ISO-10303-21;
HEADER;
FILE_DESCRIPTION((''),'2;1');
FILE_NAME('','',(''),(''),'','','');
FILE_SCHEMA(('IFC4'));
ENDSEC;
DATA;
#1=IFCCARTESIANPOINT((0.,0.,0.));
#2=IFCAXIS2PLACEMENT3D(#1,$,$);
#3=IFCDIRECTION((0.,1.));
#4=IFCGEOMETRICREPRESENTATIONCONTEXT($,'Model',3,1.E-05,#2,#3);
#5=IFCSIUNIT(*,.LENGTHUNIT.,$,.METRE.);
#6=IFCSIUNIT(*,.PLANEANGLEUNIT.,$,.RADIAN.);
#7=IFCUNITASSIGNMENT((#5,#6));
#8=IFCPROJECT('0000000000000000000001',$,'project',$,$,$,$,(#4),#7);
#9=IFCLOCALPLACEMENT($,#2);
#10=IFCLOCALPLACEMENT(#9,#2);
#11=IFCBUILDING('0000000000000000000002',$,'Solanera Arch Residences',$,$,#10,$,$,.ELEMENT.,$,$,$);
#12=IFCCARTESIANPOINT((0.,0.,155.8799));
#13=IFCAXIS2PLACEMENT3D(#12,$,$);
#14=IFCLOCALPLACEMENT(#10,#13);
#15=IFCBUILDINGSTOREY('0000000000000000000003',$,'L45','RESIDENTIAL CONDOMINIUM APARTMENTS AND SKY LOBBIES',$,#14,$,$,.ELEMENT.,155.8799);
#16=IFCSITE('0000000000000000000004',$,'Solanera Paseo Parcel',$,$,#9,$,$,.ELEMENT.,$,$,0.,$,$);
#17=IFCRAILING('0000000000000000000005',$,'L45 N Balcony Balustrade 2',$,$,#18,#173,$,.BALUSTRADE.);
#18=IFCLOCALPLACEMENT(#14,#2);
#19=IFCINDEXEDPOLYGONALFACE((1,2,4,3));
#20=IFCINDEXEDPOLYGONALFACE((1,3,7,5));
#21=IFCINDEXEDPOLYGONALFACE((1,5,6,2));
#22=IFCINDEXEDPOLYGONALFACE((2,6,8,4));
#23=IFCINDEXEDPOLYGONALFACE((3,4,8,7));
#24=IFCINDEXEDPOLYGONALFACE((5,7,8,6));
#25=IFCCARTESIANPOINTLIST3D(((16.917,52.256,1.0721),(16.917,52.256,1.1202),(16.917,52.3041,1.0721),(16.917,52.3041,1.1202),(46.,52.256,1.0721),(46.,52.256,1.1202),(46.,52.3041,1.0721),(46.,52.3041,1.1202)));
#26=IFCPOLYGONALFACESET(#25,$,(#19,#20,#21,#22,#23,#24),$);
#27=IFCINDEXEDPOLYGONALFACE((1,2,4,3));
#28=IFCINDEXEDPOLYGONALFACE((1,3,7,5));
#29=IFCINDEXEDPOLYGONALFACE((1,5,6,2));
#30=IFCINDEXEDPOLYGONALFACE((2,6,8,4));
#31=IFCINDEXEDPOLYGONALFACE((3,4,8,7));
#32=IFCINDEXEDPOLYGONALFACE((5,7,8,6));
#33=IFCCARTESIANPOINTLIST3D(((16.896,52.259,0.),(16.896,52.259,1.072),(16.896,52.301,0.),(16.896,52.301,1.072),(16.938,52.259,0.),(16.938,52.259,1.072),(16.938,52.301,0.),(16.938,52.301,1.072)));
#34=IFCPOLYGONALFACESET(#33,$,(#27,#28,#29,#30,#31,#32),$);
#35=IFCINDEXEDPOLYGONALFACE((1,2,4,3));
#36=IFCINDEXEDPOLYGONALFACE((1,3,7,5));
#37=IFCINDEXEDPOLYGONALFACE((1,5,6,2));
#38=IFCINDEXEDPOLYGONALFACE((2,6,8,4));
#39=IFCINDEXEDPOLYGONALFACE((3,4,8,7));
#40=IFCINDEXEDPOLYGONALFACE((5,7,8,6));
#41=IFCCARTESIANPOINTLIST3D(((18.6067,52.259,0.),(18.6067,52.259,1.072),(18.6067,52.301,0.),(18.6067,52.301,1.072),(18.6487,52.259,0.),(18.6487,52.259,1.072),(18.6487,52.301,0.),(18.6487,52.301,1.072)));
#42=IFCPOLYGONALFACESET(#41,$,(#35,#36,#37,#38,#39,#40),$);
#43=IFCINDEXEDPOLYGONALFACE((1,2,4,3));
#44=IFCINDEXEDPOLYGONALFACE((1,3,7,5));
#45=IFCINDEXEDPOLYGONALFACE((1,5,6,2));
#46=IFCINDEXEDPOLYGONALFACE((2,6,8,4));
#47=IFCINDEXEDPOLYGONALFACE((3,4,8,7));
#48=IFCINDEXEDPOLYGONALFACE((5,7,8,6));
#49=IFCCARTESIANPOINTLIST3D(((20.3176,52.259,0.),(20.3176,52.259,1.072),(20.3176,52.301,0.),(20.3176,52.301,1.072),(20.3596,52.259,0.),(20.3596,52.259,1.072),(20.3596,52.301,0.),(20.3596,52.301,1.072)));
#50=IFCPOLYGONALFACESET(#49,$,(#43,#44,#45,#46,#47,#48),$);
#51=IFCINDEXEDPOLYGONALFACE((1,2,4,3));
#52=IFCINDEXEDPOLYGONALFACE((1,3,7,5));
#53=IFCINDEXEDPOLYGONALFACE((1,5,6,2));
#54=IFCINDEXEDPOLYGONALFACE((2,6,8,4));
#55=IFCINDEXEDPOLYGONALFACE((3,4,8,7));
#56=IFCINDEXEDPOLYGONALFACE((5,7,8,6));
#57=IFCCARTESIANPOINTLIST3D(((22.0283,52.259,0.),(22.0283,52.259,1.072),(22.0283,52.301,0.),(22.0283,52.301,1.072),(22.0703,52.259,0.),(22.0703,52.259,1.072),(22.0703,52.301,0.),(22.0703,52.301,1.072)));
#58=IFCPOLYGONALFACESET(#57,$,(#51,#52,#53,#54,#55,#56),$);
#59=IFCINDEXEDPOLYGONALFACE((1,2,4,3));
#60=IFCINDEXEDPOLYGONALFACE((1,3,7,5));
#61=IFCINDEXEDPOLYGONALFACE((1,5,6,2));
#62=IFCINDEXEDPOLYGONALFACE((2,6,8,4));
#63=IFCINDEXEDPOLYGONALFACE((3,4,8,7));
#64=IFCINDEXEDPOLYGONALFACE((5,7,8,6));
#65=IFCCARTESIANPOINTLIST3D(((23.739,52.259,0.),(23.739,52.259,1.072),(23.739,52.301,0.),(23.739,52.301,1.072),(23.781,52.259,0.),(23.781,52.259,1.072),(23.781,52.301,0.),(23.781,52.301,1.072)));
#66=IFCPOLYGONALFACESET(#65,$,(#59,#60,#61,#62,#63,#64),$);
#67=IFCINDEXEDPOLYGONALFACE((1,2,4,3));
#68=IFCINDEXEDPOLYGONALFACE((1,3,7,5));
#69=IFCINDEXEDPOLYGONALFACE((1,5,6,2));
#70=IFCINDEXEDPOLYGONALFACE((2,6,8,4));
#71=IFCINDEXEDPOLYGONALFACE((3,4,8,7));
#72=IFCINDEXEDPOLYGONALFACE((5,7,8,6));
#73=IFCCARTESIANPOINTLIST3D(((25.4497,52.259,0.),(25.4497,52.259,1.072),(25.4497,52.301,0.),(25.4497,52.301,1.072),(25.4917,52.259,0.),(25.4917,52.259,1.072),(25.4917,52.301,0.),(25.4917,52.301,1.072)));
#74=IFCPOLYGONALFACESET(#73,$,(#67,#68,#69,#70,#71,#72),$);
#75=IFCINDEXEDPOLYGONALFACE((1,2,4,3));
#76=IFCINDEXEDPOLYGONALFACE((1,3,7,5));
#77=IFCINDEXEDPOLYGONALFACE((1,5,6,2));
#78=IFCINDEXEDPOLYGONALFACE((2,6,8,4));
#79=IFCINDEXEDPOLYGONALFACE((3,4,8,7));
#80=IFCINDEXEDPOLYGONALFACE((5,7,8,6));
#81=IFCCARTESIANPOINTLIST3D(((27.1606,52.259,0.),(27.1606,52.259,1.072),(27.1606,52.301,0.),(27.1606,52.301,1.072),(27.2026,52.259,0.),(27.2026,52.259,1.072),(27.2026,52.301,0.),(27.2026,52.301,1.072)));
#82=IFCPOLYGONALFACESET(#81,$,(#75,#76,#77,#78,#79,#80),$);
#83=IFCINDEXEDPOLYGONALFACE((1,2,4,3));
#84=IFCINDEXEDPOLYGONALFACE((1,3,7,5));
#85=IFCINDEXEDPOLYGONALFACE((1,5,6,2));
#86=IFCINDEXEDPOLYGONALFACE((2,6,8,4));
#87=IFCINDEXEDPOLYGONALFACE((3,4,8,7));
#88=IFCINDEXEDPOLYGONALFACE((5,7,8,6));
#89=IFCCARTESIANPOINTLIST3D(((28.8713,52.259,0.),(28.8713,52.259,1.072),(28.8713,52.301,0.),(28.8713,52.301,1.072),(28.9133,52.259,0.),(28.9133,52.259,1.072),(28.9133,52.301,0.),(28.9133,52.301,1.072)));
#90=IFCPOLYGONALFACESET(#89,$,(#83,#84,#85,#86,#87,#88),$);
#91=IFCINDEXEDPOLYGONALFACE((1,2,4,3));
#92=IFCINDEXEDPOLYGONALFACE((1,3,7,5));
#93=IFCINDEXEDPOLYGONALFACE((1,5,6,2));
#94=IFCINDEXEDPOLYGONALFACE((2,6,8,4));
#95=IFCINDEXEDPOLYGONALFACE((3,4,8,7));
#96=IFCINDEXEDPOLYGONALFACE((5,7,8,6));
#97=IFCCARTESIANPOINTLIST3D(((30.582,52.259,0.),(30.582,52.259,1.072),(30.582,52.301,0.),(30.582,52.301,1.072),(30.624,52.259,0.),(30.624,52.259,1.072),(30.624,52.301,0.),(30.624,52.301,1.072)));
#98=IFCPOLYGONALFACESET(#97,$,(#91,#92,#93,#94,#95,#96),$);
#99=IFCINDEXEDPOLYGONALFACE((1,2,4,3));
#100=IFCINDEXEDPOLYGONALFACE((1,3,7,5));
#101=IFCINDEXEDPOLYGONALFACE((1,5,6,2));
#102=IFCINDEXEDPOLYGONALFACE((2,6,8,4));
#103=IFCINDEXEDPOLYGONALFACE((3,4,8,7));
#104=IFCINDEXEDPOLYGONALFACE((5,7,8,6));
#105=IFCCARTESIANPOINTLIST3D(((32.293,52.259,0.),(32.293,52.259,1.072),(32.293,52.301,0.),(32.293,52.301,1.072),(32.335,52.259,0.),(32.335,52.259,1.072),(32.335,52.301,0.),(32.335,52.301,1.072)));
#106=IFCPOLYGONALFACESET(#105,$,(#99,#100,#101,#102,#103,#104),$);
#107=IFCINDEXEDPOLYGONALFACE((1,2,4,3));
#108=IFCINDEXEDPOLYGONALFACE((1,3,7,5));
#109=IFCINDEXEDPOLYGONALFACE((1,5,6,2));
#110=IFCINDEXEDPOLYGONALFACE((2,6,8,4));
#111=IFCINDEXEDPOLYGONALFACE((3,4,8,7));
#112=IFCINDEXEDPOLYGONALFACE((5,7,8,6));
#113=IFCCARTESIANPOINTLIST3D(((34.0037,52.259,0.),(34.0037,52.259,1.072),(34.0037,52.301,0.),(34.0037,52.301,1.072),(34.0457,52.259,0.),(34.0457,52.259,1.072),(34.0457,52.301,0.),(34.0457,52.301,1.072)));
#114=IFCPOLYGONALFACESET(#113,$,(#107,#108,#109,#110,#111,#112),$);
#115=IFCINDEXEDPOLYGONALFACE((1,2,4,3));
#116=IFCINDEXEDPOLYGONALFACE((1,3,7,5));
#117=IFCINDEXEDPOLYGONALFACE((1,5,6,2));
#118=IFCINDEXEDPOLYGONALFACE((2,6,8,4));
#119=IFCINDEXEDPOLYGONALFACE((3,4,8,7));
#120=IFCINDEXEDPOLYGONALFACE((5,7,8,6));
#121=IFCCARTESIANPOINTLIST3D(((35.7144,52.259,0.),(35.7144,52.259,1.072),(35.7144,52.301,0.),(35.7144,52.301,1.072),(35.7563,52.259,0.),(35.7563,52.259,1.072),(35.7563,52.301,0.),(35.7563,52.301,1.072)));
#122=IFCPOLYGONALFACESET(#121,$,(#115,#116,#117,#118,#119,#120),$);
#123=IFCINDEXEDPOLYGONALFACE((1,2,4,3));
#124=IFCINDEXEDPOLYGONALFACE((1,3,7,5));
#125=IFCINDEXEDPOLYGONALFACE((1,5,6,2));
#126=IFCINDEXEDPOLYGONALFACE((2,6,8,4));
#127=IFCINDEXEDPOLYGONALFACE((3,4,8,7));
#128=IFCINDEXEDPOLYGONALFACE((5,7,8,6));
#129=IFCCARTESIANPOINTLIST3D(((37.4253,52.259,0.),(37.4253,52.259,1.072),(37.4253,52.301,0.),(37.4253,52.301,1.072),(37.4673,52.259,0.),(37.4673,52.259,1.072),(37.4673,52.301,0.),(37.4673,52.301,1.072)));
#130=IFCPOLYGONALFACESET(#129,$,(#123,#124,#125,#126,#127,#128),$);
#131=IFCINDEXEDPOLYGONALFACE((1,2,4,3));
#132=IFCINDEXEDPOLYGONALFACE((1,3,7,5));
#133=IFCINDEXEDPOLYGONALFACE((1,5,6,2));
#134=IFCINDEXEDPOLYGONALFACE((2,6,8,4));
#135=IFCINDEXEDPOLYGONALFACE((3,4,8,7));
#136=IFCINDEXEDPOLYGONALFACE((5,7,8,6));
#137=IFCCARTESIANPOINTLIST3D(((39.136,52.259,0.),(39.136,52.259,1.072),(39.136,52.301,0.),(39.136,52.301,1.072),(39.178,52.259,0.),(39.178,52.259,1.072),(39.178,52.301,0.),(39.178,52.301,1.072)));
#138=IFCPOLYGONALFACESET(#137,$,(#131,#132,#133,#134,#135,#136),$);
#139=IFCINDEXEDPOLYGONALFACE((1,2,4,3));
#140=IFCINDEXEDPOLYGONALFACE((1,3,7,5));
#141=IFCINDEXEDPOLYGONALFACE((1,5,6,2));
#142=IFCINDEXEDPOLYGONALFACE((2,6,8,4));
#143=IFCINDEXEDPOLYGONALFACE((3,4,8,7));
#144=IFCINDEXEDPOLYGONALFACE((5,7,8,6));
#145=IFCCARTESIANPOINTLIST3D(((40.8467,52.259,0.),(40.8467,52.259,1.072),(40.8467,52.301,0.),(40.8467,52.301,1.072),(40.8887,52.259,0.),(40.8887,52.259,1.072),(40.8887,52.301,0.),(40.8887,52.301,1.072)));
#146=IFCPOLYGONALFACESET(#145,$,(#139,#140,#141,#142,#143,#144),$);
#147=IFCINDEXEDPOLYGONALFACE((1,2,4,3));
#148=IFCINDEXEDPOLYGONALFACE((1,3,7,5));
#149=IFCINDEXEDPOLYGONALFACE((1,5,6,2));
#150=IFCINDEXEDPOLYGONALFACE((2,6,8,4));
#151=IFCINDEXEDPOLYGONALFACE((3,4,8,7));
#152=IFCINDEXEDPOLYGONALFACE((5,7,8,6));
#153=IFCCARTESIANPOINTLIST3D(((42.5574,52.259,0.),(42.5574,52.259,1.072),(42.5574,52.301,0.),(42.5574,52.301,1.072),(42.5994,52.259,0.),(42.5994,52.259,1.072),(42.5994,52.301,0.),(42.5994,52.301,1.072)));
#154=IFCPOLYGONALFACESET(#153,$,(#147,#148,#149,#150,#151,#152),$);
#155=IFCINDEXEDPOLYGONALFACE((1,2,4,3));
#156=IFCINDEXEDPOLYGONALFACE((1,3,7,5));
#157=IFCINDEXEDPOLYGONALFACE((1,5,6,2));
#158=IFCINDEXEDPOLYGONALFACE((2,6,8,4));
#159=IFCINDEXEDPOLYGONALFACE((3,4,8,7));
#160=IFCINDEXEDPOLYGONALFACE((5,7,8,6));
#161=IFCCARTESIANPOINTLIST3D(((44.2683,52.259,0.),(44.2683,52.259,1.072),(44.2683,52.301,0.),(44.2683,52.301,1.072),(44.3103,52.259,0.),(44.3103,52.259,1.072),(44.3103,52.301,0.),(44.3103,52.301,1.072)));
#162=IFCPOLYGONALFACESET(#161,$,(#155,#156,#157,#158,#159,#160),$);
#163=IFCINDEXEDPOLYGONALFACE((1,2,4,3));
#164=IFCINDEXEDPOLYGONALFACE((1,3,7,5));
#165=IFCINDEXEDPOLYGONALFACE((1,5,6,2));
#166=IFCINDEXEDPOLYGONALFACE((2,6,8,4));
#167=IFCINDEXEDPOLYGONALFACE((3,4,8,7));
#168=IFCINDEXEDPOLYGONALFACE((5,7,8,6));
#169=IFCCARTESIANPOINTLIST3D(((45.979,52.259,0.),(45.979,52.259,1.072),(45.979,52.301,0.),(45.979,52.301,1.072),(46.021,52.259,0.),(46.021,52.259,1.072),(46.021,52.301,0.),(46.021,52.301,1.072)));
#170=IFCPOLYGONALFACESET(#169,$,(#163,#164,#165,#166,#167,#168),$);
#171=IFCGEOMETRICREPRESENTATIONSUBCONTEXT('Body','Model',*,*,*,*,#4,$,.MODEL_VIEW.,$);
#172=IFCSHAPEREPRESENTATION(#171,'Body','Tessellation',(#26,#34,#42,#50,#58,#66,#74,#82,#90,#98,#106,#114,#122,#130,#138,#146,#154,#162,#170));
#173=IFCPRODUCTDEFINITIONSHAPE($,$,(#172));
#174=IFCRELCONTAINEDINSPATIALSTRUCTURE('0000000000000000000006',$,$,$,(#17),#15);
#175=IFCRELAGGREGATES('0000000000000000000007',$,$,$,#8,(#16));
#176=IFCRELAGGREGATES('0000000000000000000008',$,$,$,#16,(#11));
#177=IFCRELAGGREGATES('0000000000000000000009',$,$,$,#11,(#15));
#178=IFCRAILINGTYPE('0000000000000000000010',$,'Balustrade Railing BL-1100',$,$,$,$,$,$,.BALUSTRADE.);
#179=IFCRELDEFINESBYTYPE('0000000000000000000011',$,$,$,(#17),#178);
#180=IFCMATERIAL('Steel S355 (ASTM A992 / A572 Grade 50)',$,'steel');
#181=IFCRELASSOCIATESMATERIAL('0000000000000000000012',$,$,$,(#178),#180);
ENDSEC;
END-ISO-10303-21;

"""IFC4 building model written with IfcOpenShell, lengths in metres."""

from ifc_helpers import new_model, si_unit, direction, frame, origin, origin_2d, place, context, subcontext, project, spatial, rectangle, extrude, material, type_object, element, save


model = new_model("IFC4")

# Units and contexts
model_context = context("Model", 3, precision=1e-05, world=origin(), true_north=direction((0.0, 1.0)))
body_context = subcontext(model_context, "Body", "Model", "MODEL_VIEW")
ifc_project = project(units=[si_unit("LENGTHUNIT", "METRE"), si_unit("PLANEANGLEUNIT", "RADIAN")], contexts=[model_context])

# Site, building, storey
site_placement = place(None, origin())
site = spatial("IfcSite", under=ifc_project, at=site_placement, Name="Solanera Paseo Parcel", CompositionType="ELEMENT", RefElevation=0.0)
building_placement = place(site_placement, origin())
building = spatial("IfcBuilding", under=site, at=building_placement, Name="Solanera Arch Residences", CompositionType="ELEMENT")
storey_placement = place(building_placement, frame((0.0, 0.0, 155.8799)))
storey = spatial("IfcBuildingStorey", under=building, at=storey_placement, Name="L45", Description="RESIDENTIAL CONDOMINIUM APARTMENTS AND SKY LOBBIES", CompositionType="ELEMENT", Elevation=155.8799)

# Railing
ifc_material_1 = material(Name="Steel S355 (ASTM A992 / A572 Grade 50)", Category="steel")
railing_type = type_object("IfcRailingType", Name="Balustrade Railing BL-1100", PredefinedType="BALUSTRADE", material=ifc_material_1)
railing_placement = place(storey_placement, frame((16.917, 52.28, 0.0)))
element("IfcRailing", 1, at=railing_placement, inside=storey, type_object=railing_type, Name="L45 N Balcony Balustrade 2", PredefinedType="BALUSTRADE", context=body_context, shape_type="SweptSolid", body=[
    extrude(rectangle(XDim=0.0481, YDim=0.0481, at=origin_2d()), frame((0.0, 0.0, 1.0962), z_axis=(1.0, 0.0, 0.0), x_axis=(0.0, 1.0, 0.0)), (0.0, 0.0, 1.0), 29.083),
    extrude(rectangle(XDim=0.042, YDim=0.042, at=origin_2d()), origin(), (0.0, 0.0, 1.0), 1.072),
    extrude(rectangle(XDim=0.042, YDim=0.042, at=origin_2d()), frame((1.7107, 0.0, 0.0)), (0.0, 0.0, 1.0), 1.072),
    extrude(rectangle(XDim=0.042, YDim=0.042, at=origin_2d()), frame((3.4216, 0.0, 0.0)), (0.0, 0.0, 1.0), 1.072),
    extrude(rectangle(XDim=0.042, YDim=0.042, at=origin_2d()), frame((5.1323, 0.0, 0.0)), (0.0, 0.0, 1.0), 1.072),
    extrude(rectangle(XDim=0.042, YDim=0.042, at=origin_2d()), frame((6.843, 0.0, 0.0)), (0.0, 0.0, 1.0), 1.072),
    extrude(rectangle(XDim=0.042, YDim=0.042, at=origin_2d()), frame((8.5537, 0.0, 0.0)), (0.0, 0.0, 1.0), 1.072),
    extrude(rectangle(XDim=0.042, YDim=0.042, at=origin_2d()), frame((10.2646, 0.0, 0.0)), (0.0, 0.0, 1.0), 1.072),
    extrude(rectangle(XDim=0.042, YDim=0.042, at=origin_2d()), frame((11.9753, 0.0, 0.0)), (0.0, 0.0, 1.0), 1.072),
    extrude(rectangle(XDim=0.042, YDim=0.042, at=origin_2d()), frame((13.686, 0.0, 0.0)), (0.0, 0.0, 1.0), 1.072),
    extrude(rectangle(XDim=0.042, YDim=0.042, at=origin_2d()), frame((15.397, 0.0, 0.0)), (0.0, 0.0, 1.0), 1.072),
    extrude(rectangle(XDim=0.042, YDim=0.042, at=origin_2d()), frame((17.1077, 0.0, 0.0)), (0.0, 0.0, 1.0), 1.072),
    extrude(rectangle(XDim=0.042, YDim=0.042, at=origin_2d()), frame((18.8184, 0.0, 0.0)), (0.0, 0.0, 1.0), 1.072),
    extrude(rectangle(XDim=0.042, YDim=0.042, at=origin_2d()), frame((20.5293, 0.0, 0.0)), (0.0, 0.0, 1.0), 1.072),
    extrude(rectangle(XDim=0.042, YDim=0.042, at=origin_2d()), frame((22.24, 0.0, 0.0)), (0.0, 0.0, 1.0), 1.072),
    extrude(rectangle(XDim=0.042, YDim=0.042, at=origin_2d()), frame((23.9507, 0.0, 0.0)), (0.0, 0.0, 1.0), 1.072),
    extrude(rectangle(XDim=0.042, YDim=0.042, at=origin_2d()), frame((25.6614, 0.0, 0.0)), (0.0, 0.0, 1.0), 1.072),
    extrude(rectangle(XDim=0.042, YDim=0.042, at=origin_2d()), frame((27.3723, 0.0, 0.0)), (0.0, 0.0, 1.0), 1.072),
    extrude(rectangle(XDim=0.042, YDim=0.042, at=origin_2d()), frame((29.083, 0.0, 0.0)), (0.0, 0.0, 1.0), 1.072),
])

save(model, "model.ifc")
